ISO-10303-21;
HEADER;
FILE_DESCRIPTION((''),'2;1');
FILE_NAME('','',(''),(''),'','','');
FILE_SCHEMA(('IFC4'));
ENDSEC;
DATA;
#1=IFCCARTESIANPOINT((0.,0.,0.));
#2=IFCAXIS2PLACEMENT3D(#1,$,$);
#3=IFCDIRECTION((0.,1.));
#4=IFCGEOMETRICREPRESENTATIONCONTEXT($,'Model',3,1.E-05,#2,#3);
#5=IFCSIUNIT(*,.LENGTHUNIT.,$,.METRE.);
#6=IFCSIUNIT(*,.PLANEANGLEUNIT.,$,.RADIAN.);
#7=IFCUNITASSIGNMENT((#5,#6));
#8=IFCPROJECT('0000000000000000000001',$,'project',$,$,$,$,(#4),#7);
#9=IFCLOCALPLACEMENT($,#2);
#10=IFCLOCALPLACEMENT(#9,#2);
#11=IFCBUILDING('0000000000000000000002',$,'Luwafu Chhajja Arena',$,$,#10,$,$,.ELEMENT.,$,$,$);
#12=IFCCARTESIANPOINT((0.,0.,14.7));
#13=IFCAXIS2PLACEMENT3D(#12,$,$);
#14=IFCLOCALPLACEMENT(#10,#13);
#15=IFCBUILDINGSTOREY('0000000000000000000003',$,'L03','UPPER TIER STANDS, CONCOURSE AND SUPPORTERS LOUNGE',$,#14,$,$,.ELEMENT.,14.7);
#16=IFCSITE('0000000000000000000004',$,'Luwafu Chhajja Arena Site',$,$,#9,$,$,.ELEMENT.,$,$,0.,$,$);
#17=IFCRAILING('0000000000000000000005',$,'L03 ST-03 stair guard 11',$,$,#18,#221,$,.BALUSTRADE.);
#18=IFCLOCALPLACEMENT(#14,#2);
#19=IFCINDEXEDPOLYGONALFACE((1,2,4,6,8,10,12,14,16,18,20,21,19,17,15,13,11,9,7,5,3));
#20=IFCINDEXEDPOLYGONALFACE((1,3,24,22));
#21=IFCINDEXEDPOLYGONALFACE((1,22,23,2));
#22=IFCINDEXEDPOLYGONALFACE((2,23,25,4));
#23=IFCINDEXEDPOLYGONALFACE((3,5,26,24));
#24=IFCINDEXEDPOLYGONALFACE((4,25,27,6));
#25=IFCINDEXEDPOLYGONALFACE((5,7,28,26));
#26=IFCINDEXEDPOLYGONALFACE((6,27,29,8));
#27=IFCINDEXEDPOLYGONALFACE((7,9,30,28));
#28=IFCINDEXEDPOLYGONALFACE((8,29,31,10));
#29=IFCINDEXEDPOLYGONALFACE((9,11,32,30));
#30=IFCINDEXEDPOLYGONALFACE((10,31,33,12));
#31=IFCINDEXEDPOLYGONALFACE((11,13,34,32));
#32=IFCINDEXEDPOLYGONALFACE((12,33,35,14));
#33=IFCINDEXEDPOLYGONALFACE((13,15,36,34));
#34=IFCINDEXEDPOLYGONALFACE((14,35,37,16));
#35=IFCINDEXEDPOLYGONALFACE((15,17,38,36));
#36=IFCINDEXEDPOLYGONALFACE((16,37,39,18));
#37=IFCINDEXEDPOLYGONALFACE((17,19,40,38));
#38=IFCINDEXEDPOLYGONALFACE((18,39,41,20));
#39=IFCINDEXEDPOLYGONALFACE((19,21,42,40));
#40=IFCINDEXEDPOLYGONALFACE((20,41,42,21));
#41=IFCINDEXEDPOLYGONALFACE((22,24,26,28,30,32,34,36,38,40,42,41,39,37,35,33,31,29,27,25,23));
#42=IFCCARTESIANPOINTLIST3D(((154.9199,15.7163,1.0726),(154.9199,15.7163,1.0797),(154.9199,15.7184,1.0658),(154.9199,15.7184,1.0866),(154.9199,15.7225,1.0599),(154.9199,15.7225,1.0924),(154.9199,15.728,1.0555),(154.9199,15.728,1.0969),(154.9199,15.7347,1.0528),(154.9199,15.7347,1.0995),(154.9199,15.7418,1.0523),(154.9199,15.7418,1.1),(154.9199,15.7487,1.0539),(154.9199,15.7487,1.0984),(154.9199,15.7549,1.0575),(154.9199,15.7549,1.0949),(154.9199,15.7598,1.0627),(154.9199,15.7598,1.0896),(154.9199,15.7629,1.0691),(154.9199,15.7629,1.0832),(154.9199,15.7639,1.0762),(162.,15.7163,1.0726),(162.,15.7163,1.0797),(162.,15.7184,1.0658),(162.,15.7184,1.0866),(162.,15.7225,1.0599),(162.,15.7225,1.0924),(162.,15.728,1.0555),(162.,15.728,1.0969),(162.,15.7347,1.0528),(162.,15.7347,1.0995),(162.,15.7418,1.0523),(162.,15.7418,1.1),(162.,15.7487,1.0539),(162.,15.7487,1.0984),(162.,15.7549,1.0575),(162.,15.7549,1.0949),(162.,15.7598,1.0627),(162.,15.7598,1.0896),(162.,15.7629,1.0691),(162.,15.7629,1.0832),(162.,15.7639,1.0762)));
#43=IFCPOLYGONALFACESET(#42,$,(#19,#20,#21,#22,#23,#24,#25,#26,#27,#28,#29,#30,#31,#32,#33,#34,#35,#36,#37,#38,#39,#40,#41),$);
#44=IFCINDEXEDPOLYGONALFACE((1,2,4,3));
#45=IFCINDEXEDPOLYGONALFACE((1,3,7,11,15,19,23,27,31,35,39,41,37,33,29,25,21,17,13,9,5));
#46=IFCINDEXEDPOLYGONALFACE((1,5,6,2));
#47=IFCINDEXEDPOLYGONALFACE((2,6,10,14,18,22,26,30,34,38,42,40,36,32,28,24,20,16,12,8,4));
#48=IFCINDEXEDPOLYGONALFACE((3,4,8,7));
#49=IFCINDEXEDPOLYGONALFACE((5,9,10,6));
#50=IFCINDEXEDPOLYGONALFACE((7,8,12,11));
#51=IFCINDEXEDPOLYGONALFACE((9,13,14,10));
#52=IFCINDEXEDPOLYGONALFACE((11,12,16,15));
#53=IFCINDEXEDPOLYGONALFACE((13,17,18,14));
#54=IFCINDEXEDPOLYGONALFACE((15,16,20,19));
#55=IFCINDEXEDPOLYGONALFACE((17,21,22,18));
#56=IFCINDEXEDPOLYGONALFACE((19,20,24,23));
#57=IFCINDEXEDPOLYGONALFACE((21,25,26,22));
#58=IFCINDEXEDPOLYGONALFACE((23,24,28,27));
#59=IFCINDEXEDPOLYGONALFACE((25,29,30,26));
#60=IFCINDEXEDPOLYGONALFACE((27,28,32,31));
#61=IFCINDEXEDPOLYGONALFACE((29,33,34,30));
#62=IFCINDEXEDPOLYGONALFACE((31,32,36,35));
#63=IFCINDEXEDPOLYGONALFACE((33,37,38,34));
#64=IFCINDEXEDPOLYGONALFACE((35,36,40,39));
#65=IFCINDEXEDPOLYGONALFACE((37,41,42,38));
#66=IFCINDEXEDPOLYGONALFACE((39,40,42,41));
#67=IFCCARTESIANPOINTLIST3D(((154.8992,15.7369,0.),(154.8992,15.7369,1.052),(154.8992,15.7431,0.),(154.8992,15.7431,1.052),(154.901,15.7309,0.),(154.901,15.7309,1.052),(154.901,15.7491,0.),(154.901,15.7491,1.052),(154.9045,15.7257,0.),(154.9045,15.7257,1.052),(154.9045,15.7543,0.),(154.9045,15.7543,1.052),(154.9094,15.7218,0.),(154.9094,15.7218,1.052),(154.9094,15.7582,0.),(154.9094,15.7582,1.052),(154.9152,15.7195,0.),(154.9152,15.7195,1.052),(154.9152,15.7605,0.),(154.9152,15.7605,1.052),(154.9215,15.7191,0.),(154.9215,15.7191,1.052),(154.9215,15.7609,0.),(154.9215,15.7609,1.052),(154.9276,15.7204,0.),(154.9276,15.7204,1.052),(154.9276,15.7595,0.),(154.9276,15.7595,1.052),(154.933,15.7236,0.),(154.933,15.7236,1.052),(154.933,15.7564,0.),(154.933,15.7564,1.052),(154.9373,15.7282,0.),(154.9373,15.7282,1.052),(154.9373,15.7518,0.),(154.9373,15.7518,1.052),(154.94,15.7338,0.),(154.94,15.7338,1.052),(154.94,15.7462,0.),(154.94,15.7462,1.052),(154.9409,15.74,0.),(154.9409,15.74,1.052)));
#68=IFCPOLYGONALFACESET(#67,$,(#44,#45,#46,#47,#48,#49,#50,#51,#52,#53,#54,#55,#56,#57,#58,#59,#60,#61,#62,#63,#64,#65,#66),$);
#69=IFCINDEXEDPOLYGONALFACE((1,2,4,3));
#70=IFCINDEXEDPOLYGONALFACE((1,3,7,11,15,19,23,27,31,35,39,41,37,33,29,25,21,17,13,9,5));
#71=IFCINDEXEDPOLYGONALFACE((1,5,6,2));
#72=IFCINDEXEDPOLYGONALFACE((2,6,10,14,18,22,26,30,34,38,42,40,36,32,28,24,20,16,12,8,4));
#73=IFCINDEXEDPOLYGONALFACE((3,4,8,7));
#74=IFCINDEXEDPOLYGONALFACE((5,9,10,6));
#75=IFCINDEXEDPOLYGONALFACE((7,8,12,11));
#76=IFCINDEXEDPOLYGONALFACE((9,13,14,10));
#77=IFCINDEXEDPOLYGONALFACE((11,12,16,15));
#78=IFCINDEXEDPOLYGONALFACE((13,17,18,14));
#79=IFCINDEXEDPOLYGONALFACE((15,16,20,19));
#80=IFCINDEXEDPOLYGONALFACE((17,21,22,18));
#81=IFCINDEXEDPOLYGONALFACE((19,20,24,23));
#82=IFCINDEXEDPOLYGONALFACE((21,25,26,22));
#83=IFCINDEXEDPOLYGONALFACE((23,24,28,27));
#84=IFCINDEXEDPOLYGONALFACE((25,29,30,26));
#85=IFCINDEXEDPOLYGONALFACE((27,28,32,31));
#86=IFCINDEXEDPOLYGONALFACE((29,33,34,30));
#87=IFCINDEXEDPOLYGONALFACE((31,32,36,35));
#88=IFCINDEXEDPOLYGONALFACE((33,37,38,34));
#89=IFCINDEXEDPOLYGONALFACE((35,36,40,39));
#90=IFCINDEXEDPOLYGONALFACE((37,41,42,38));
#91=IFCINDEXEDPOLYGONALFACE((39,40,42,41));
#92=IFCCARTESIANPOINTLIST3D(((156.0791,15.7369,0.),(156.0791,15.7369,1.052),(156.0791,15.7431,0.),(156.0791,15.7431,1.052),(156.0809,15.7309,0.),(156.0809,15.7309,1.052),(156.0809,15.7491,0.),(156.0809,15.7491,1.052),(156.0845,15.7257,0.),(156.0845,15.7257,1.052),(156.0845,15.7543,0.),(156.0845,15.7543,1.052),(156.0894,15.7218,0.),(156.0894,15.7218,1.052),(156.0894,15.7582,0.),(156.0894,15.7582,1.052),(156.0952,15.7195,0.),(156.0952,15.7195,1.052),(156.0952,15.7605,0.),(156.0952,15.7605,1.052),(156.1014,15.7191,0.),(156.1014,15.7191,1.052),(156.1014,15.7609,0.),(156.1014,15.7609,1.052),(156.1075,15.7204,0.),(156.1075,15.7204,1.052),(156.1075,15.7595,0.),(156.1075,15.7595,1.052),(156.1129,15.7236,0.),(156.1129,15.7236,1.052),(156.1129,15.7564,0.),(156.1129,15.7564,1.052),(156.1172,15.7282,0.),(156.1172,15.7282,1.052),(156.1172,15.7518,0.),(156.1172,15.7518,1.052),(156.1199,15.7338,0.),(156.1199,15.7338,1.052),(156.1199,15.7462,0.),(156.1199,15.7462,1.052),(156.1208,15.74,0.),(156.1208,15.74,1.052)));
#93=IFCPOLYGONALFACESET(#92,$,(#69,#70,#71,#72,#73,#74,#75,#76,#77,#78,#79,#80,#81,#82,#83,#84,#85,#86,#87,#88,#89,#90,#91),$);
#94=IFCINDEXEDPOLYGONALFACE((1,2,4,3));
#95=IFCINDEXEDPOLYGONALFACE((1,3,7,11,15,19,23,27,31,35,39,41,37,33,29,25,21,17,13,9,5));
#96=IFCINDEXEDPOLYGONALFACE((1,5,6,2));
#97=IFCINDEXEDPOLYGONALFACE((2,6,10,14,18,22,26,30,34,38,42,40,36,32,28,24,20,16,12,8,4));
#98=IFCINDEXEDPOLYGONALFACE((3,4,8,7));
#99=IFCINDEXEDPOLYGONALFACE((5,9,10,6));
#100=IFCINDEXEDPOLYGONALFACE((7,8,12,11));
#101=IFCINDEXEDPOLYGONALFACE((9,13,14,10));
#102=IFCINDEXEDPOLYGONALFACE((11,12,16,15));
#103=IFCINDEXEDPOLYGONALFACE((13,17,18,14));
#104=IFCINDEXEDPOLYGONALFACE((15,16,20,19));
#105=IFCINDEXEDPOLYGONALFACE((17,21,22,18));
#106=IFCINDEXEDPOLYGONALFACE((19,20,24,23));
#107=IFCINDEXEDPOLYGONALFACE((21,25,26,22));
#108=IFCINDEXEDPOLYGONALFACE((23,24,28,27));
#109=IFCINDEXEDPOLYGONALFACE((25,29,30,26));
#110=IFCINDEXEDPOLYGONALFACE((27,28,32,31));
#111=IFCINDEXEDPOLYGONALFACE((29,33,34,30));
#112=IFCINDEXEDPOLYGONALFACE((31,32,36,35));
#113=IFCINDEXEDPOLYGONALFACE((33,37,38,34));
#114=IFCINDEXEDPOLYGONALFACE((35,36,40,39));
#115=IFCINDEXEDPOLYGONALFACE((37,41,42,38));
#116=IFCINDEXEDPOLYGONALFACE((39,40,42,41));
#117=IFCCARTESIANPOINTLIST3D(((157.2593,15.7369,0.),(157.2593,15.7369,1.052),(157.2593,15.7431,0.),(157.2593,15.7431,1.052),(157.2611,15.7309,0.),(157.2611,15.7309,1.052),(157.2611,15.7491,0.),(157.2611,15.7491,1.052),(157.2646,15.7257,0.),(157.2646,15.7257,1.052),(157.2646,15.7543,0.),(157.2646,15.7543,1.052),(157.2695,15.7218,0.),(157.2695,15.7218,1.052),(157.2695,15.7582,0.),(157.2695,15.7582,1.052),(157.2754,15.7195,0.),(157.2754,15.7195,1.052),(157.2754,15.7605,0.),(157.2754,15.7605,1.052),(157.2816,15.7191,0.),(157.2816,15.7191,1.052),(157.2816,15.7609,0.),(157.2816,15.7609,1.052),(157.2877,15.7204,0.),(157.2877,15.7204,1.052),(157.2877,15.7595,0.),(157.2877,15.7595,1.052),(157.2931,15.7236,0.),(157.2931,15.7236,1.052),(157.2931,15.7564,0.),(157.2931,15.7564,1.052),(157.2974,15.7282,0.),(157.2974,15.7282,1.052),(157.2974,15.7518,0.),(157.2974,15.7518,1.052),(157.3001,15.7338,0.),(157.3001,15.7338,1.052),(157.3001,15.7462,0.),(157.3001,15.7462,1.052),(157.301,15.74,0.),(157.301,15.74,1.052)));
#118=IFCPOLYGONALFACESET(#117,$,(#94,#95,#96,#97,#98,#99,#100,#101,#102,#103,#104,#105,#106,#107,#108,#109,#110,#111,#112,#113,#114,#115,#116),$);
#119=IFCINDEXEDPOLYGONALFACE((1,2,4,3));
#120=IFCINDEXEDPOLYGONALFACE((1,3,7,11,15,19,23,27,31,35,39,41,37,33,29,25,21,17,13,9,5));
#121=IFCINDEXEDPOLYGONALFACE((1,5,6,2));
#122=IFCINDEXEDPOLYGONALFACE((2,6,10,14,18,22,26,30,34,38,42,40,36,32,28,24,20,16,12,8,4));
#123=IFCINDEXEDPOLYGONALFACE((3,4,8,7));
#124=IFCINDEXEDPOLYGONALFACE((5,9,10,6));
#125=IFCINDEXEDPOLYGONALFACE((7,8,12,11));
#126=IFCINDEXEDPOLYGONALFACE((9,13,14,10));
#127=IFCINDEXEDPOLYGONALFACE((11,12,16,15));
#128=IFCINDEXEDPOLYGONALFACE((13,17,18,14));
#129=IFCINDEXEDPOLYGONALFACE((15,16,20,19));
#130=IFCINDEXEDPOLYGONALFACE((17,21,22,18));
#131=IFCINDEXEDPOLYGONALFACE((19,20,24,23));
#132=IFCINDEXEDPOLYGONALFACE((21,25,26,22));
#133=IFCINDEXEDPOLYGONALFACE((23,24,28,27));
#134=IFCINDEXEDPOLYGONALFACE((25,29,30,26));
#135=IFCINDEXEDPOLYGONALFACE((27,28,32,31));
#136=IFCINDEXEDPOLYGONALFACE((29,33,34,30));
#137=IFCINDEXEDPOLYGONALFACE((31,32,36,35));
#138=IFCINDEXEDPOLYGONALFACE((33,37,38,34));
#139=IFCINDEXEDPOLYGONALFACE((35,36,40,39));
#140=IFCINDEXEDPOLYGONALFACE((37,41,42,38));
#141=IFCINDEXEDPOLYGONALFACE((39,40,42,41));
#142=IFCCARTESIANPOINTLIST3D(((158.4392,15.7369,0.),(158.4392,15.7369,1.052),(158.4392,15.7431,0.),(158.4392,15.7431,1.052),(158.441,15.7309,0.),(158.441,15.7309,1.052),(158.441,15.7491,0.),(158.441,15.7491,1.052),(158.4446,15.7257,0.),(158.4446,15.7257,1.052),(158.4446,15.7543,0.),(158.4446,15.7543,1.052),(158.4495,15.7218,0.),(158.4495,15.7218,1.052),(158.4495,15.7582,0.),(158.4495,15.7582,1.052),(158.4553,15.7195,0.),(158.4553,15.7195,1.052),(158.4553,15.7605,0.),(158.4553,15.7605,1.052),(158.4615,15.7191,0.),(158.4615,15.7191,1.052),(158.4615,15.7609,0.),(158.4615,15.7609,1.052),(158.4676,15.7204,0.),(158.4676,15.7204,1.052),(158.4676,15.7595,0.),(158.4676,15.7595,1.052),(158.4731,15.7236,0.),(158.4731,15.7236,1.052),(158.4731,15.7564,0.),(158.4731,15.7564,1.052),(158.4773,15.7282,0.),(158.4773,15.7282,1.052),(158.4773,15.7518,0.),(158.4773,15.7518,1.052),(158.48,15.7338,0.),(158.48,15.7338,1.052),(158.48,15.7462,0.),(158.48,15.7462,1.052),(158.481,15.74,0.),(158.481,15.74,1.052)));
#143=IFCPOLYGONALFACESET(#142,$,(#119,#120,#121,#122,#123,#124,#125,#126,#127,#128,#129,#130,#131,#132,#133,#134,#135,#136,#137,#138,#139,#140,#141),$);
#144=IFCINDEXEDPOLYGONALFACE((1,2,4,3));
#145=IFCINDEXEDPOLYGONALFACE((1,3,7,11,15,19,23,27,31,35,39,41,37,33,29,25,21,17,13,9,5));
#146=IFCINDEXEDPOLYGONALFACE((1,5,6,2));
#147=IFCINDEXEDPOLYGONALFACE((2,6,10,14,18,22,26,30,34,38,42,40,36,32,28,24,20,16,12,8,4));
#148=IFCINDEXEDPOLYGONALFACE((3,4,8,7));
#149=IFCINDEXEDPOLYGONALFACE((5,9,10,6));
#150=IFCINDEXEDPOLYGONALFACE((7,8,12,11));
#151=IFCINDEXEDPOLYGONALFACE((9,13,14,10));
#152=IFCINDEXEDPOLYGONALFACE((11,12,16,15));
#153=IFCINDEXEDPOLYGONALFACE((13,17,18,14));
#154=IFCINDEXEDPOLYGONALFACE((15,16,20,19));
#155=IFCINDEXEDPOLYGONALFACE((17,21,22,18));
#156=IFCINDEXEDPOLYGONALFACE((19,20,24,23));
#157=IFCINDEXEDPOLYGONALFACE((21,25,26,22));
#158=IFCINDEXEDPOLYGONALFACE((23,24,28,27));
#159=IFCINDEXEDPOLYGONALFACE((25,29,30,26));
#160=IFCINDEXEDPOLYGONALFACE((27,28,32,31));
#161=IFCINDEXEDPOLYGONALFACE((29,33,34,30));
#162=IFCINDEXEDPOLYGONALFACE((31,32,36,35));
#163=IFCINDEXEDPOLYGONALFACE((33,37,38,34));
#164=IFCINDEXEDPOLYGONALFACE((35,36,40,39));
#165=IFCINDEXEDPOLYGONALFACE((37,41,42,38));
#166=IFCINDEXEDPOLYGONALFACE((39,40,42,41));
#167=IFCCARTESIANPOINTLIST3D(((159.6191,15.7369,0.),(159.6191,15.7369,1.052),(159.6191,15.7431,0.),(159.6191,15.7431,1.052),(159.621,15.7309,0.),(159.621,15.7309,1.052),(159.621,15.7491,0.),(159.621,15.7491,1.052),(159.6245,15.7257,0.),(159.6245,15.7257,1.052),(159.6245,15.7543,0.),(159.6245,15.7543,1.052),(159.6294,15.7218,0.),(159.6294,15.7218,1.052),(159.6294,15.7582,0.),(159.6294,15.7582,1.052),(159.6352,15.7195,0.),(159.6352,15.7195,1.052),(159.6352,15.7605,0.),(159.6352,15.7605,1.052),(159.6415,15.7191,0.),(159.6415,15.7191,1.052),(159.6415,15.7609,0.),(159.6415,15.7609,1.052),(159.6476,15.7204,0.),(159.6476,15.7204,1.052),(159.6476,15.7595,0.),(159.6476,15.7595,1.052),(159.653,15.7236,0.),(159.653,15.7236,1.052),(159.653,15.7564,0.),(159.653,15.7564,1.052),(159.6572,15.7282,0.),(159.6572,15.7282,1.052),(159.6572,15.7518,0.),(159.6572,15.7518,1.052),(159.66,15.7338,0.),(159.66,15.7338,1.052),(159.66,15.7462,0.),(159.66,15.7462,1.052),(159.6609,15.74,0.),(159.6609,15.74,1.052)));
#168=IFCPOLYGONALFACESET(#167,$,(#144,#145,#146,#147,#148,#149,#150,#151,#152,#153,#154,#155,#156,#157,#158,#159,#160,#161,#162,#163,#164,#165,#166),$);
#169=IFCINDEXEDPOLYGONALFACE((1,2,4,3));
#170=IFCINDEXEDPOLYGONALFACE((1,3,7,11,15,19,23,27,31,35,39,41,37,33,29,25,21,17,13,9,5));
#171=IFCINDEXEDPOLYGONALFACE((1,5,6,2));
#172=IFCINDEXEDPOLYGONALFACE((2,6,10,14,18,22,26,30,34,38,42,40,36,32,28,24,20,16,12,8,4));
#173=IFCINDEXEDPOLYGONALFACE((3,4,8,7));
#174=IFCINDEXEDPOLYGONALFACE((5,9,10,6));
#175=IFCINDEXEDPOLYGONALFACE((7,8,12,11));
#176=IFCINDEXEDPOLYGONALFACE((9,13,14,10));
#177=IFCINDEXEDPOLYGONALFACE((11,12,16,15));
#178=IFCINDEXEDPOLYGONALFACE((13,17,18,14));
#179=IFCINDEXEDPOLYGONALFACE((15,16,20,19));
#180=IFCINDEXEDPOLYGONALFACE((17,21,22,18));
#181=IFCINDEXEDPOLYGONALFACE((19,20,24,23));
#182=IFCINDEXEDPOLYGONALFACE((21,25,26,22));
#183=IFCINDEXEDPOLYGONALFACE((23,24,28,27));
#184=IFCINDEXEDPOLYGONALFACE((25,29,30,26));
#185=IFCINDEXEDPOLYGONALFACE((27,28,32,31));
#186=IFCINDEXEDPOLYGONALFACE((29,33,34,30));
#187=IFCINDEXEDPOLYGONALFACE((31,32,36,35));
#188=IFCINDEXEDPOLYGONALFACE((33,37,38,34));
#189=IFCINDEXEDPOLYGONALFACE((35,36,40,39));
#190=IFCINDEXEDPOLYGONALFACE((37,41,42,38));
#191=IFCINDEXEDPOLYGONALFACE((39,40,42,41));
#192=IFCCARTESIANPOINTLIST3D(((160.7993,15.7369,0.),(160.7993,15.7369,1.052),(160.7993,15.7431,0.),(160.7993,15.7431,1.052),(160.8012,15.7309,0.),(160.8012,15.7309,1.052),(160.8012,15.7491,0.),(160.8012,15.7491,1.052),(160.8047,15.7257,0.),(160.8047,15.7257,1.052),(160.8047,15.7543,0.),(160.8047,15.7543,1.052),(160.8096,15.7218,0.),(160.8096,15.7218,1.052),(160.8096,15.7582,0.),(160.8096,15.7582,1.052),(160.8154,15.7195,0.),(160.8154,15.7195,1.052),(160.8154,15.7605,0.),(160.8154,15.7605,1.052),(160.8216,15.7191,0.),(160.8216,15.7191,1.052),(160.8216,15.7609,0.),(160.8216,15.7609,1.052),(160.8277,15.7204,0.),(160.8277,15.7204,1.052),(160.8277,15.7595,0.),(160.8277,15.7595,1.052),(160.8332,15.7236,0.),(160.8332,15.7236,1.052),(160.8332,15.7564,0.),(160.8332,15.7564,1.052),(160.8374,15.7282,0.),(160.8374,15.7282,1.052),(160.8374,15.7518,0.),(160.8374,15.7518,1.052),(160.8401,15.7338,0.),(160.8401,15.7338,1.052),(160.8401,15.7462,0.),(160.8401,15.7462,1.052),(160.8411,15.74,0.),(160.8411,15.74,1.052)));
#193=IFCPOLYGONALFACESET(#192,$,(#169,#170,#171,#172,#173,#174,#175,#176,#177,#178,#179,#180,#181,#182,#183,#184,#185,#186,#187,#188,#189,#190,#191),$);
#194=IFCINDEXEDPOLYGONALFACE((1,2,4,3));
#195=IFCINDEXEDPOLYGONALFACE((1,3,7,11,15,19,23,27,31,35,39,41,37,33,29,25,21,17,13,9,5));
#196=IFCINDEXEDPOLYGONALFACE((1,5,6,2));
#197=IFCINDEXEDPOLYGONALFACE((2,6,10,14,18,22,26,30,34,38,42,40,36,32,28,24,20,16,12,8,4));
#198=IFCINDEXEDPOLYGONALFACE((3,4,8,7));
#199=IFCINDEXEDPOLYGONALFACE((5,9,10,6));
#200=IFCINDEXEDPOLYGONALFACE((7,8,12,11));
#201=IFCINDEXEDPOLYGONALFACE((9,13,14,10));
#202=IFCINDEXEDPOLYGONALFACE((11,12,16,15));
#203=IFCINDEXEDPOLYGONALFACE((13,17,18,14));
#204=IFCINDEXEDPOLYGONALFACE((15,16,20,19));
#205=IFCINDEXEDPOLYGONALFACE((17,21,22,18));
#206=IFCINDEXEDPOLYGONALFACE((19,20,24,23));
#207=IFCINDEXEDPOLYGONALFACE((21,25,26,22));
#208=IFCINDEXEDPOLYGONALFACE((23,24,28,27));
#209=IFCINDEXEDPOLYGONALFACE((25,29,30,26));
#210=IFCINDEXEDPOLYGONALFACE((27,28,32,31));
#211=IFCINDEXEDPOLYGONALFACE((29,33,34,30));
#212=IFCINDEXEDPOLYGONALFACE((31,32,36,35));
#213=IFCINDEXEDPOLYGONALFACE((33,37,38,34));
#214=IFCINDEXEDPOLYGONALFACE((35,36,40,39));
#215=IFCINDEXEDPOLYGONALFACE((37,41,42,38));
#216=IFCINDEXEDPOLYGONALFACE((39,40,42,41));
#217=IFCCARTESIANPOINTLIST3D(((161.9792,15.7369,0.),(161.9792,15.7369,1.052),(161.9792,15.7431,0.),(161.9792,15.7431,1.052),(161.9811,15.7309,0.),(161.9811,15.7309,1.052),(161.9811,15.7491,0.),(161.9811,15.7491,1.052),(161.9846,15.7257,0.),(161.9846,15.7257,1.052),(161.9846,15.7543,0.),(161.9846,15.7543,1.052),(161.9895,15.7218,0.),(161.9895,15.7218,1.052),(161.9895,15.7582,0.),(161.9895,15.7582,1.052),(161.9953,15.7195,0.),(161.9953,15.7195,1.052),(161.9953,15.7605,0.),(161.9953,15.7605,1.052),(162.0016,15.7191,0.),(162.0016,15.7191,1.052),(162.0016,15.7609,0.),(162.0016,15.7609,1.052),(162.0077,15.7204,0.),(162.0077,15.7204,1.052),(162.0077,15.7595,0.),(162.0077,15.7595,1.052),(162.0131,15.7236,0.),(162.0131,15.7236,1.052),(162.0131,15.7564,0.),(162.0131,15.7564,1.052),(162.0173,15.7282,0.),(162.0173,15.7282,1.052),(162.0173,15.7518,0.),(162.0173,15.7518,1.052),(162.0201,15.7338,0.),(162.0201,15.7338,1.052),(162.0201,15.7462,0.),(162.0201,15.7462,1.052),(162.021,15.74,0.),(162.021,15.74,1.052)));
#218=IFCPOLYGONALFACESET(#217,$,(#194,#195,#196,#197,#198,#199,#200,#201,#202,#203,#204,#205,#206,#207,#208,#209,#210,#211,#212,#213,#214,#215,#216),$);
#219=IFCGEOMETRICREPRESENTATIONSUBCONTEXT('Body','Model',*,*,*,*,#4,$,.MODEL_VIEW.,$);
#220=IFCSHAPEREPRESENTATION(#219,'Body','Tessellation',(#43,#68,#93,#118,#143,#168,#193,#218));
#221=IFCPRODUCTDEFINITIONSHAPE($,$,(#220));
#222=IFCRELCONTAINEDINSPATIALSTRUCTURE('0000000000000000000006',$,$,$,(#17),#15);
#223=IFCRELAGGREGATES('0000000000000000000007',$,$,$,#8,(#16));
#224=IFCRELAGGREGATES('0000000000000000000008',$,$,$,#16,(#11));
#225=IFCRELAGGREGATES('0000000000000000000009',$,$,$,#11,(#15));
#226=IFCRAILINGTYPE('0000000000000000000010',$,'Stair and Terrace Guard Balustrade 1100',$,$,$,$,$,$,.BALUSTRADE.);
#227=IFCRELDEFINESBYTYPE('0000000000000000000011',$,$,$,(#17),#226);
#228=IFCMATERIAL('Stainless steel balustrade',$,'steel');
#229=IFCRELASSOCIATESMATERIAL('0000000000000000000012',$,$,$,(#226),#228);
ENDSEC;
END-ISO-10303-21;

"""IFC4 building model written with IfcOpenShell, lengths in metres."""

from ifc_helpers import new_model, si_unit, direction, frame, origin, origin_2d, place, context, subcontext, project, spatial, circle, extrude, material, type_object, element, save


model = new_model("IFC4")

# Units and contexts
model_context = context("Model", 3, precision=1e-05, world=origin(), true_north=direction((0.0, 1.0)))
body_context = subcontext(model_context, "Body", "Model", "MODEL_VIEW")
ifc_project = project(units=[si_unit("LENGTHUNIT", "METRE"), si_unit("PLANEANGLEUNIT", "RADIAN")], contexts=[model_context])

# Site, building, storey
site_placement = place(None, origin())
site = spatial("IfcSite", under=ifc_project, at=site_placement, Name="Luwafu Chhajja Arena Site", CompositionType="ELEMENT", RefElevation=0.0)
building_placement = place(site_placement, origin())
building = spatial("IfcBuilding", under=site, at=building_placement, Name="Luwafu Chhajja Arena", CompositionType="ELEMENT")
storey_placement = place(building_placement, frame((0.0, 0.0, 14.7)))
storey = spatial("IfcBuildingStorey", under=building, at=storey_placement, Name="L03", Description="UPPER TIER STANDS, CONCOURSE AND SUPPORTERS LOUNGE", CompositionType="ELEMENT", Elevation=14.7)

# Railing
ifc_material_1 = material(Name="Stainless steel balustrade", Category="steel")
railing_type_1 = type_object("IfcRailingType", Name="Stair and Terrace Guard Balustrade 1100", PredefinedType="BALUSTRADE", material=ifc_material_1)
railing_1_placement = place(storey_placement, frame((154.9199, 15.74, 0.0)))
element("IfcRailing", 1, at=railing_1_placement, inside=storey, type_object=railing_type_1, Name="L03 ST-03 stair guard 11", PredefinedType="BALUSTRADE", context=body_context, shape_type="SweptSolid", body=[
    extrude(circle(Radius=0.0239, at=origin_2d()), frame((0.0, 0.0, 1.0762), z_axis=(1.0, 0.0, 0.0), x_axis=(0.0, 1.0, 0.0)), (0.0, 0.0, 1.0), 7.0801),
    extrude(circle(Radius=0.021, at=origin_2d()), origin(), (0.0, 0.0, 1.0), 1.052),
    extrude(circle(Radius=0.021, at=origin_2d()), frame((1.1799, 0.0, 0.0)), (0.0, 0.0, 1.0), 1.052),
    extrude(circle(Radius=0.021, at=origin_2d()), frame((2.3601, 0.0, 0.0)), (0.0, 0.0, 1.0), 1.052),
    extrude(circle(Radius=0.021, at=origin_2d()), frame((3.54, 0.0, 0.0)), (0.0, 0.0, 1.0), 1.052),
    extrude(circle(Radius=0.021, at=origin_2d()), frame((4.72, 0.0, 0.0)), (0.0, 0.0, 1.0), 1.052),
    extrude(circle(Radius=0.021, at=origin_2d()), frame((5.9001, 0.0, 0.0)), (0.0, 0.0, 1.0), 1.052),
    extrude(circle(Radius=0.021, at=origin_2d()), frame((7.0801, 0.0, 0.0)), (0.0, 0.0, 1.0), 1.052),
])

save(model, "model.ifc")
